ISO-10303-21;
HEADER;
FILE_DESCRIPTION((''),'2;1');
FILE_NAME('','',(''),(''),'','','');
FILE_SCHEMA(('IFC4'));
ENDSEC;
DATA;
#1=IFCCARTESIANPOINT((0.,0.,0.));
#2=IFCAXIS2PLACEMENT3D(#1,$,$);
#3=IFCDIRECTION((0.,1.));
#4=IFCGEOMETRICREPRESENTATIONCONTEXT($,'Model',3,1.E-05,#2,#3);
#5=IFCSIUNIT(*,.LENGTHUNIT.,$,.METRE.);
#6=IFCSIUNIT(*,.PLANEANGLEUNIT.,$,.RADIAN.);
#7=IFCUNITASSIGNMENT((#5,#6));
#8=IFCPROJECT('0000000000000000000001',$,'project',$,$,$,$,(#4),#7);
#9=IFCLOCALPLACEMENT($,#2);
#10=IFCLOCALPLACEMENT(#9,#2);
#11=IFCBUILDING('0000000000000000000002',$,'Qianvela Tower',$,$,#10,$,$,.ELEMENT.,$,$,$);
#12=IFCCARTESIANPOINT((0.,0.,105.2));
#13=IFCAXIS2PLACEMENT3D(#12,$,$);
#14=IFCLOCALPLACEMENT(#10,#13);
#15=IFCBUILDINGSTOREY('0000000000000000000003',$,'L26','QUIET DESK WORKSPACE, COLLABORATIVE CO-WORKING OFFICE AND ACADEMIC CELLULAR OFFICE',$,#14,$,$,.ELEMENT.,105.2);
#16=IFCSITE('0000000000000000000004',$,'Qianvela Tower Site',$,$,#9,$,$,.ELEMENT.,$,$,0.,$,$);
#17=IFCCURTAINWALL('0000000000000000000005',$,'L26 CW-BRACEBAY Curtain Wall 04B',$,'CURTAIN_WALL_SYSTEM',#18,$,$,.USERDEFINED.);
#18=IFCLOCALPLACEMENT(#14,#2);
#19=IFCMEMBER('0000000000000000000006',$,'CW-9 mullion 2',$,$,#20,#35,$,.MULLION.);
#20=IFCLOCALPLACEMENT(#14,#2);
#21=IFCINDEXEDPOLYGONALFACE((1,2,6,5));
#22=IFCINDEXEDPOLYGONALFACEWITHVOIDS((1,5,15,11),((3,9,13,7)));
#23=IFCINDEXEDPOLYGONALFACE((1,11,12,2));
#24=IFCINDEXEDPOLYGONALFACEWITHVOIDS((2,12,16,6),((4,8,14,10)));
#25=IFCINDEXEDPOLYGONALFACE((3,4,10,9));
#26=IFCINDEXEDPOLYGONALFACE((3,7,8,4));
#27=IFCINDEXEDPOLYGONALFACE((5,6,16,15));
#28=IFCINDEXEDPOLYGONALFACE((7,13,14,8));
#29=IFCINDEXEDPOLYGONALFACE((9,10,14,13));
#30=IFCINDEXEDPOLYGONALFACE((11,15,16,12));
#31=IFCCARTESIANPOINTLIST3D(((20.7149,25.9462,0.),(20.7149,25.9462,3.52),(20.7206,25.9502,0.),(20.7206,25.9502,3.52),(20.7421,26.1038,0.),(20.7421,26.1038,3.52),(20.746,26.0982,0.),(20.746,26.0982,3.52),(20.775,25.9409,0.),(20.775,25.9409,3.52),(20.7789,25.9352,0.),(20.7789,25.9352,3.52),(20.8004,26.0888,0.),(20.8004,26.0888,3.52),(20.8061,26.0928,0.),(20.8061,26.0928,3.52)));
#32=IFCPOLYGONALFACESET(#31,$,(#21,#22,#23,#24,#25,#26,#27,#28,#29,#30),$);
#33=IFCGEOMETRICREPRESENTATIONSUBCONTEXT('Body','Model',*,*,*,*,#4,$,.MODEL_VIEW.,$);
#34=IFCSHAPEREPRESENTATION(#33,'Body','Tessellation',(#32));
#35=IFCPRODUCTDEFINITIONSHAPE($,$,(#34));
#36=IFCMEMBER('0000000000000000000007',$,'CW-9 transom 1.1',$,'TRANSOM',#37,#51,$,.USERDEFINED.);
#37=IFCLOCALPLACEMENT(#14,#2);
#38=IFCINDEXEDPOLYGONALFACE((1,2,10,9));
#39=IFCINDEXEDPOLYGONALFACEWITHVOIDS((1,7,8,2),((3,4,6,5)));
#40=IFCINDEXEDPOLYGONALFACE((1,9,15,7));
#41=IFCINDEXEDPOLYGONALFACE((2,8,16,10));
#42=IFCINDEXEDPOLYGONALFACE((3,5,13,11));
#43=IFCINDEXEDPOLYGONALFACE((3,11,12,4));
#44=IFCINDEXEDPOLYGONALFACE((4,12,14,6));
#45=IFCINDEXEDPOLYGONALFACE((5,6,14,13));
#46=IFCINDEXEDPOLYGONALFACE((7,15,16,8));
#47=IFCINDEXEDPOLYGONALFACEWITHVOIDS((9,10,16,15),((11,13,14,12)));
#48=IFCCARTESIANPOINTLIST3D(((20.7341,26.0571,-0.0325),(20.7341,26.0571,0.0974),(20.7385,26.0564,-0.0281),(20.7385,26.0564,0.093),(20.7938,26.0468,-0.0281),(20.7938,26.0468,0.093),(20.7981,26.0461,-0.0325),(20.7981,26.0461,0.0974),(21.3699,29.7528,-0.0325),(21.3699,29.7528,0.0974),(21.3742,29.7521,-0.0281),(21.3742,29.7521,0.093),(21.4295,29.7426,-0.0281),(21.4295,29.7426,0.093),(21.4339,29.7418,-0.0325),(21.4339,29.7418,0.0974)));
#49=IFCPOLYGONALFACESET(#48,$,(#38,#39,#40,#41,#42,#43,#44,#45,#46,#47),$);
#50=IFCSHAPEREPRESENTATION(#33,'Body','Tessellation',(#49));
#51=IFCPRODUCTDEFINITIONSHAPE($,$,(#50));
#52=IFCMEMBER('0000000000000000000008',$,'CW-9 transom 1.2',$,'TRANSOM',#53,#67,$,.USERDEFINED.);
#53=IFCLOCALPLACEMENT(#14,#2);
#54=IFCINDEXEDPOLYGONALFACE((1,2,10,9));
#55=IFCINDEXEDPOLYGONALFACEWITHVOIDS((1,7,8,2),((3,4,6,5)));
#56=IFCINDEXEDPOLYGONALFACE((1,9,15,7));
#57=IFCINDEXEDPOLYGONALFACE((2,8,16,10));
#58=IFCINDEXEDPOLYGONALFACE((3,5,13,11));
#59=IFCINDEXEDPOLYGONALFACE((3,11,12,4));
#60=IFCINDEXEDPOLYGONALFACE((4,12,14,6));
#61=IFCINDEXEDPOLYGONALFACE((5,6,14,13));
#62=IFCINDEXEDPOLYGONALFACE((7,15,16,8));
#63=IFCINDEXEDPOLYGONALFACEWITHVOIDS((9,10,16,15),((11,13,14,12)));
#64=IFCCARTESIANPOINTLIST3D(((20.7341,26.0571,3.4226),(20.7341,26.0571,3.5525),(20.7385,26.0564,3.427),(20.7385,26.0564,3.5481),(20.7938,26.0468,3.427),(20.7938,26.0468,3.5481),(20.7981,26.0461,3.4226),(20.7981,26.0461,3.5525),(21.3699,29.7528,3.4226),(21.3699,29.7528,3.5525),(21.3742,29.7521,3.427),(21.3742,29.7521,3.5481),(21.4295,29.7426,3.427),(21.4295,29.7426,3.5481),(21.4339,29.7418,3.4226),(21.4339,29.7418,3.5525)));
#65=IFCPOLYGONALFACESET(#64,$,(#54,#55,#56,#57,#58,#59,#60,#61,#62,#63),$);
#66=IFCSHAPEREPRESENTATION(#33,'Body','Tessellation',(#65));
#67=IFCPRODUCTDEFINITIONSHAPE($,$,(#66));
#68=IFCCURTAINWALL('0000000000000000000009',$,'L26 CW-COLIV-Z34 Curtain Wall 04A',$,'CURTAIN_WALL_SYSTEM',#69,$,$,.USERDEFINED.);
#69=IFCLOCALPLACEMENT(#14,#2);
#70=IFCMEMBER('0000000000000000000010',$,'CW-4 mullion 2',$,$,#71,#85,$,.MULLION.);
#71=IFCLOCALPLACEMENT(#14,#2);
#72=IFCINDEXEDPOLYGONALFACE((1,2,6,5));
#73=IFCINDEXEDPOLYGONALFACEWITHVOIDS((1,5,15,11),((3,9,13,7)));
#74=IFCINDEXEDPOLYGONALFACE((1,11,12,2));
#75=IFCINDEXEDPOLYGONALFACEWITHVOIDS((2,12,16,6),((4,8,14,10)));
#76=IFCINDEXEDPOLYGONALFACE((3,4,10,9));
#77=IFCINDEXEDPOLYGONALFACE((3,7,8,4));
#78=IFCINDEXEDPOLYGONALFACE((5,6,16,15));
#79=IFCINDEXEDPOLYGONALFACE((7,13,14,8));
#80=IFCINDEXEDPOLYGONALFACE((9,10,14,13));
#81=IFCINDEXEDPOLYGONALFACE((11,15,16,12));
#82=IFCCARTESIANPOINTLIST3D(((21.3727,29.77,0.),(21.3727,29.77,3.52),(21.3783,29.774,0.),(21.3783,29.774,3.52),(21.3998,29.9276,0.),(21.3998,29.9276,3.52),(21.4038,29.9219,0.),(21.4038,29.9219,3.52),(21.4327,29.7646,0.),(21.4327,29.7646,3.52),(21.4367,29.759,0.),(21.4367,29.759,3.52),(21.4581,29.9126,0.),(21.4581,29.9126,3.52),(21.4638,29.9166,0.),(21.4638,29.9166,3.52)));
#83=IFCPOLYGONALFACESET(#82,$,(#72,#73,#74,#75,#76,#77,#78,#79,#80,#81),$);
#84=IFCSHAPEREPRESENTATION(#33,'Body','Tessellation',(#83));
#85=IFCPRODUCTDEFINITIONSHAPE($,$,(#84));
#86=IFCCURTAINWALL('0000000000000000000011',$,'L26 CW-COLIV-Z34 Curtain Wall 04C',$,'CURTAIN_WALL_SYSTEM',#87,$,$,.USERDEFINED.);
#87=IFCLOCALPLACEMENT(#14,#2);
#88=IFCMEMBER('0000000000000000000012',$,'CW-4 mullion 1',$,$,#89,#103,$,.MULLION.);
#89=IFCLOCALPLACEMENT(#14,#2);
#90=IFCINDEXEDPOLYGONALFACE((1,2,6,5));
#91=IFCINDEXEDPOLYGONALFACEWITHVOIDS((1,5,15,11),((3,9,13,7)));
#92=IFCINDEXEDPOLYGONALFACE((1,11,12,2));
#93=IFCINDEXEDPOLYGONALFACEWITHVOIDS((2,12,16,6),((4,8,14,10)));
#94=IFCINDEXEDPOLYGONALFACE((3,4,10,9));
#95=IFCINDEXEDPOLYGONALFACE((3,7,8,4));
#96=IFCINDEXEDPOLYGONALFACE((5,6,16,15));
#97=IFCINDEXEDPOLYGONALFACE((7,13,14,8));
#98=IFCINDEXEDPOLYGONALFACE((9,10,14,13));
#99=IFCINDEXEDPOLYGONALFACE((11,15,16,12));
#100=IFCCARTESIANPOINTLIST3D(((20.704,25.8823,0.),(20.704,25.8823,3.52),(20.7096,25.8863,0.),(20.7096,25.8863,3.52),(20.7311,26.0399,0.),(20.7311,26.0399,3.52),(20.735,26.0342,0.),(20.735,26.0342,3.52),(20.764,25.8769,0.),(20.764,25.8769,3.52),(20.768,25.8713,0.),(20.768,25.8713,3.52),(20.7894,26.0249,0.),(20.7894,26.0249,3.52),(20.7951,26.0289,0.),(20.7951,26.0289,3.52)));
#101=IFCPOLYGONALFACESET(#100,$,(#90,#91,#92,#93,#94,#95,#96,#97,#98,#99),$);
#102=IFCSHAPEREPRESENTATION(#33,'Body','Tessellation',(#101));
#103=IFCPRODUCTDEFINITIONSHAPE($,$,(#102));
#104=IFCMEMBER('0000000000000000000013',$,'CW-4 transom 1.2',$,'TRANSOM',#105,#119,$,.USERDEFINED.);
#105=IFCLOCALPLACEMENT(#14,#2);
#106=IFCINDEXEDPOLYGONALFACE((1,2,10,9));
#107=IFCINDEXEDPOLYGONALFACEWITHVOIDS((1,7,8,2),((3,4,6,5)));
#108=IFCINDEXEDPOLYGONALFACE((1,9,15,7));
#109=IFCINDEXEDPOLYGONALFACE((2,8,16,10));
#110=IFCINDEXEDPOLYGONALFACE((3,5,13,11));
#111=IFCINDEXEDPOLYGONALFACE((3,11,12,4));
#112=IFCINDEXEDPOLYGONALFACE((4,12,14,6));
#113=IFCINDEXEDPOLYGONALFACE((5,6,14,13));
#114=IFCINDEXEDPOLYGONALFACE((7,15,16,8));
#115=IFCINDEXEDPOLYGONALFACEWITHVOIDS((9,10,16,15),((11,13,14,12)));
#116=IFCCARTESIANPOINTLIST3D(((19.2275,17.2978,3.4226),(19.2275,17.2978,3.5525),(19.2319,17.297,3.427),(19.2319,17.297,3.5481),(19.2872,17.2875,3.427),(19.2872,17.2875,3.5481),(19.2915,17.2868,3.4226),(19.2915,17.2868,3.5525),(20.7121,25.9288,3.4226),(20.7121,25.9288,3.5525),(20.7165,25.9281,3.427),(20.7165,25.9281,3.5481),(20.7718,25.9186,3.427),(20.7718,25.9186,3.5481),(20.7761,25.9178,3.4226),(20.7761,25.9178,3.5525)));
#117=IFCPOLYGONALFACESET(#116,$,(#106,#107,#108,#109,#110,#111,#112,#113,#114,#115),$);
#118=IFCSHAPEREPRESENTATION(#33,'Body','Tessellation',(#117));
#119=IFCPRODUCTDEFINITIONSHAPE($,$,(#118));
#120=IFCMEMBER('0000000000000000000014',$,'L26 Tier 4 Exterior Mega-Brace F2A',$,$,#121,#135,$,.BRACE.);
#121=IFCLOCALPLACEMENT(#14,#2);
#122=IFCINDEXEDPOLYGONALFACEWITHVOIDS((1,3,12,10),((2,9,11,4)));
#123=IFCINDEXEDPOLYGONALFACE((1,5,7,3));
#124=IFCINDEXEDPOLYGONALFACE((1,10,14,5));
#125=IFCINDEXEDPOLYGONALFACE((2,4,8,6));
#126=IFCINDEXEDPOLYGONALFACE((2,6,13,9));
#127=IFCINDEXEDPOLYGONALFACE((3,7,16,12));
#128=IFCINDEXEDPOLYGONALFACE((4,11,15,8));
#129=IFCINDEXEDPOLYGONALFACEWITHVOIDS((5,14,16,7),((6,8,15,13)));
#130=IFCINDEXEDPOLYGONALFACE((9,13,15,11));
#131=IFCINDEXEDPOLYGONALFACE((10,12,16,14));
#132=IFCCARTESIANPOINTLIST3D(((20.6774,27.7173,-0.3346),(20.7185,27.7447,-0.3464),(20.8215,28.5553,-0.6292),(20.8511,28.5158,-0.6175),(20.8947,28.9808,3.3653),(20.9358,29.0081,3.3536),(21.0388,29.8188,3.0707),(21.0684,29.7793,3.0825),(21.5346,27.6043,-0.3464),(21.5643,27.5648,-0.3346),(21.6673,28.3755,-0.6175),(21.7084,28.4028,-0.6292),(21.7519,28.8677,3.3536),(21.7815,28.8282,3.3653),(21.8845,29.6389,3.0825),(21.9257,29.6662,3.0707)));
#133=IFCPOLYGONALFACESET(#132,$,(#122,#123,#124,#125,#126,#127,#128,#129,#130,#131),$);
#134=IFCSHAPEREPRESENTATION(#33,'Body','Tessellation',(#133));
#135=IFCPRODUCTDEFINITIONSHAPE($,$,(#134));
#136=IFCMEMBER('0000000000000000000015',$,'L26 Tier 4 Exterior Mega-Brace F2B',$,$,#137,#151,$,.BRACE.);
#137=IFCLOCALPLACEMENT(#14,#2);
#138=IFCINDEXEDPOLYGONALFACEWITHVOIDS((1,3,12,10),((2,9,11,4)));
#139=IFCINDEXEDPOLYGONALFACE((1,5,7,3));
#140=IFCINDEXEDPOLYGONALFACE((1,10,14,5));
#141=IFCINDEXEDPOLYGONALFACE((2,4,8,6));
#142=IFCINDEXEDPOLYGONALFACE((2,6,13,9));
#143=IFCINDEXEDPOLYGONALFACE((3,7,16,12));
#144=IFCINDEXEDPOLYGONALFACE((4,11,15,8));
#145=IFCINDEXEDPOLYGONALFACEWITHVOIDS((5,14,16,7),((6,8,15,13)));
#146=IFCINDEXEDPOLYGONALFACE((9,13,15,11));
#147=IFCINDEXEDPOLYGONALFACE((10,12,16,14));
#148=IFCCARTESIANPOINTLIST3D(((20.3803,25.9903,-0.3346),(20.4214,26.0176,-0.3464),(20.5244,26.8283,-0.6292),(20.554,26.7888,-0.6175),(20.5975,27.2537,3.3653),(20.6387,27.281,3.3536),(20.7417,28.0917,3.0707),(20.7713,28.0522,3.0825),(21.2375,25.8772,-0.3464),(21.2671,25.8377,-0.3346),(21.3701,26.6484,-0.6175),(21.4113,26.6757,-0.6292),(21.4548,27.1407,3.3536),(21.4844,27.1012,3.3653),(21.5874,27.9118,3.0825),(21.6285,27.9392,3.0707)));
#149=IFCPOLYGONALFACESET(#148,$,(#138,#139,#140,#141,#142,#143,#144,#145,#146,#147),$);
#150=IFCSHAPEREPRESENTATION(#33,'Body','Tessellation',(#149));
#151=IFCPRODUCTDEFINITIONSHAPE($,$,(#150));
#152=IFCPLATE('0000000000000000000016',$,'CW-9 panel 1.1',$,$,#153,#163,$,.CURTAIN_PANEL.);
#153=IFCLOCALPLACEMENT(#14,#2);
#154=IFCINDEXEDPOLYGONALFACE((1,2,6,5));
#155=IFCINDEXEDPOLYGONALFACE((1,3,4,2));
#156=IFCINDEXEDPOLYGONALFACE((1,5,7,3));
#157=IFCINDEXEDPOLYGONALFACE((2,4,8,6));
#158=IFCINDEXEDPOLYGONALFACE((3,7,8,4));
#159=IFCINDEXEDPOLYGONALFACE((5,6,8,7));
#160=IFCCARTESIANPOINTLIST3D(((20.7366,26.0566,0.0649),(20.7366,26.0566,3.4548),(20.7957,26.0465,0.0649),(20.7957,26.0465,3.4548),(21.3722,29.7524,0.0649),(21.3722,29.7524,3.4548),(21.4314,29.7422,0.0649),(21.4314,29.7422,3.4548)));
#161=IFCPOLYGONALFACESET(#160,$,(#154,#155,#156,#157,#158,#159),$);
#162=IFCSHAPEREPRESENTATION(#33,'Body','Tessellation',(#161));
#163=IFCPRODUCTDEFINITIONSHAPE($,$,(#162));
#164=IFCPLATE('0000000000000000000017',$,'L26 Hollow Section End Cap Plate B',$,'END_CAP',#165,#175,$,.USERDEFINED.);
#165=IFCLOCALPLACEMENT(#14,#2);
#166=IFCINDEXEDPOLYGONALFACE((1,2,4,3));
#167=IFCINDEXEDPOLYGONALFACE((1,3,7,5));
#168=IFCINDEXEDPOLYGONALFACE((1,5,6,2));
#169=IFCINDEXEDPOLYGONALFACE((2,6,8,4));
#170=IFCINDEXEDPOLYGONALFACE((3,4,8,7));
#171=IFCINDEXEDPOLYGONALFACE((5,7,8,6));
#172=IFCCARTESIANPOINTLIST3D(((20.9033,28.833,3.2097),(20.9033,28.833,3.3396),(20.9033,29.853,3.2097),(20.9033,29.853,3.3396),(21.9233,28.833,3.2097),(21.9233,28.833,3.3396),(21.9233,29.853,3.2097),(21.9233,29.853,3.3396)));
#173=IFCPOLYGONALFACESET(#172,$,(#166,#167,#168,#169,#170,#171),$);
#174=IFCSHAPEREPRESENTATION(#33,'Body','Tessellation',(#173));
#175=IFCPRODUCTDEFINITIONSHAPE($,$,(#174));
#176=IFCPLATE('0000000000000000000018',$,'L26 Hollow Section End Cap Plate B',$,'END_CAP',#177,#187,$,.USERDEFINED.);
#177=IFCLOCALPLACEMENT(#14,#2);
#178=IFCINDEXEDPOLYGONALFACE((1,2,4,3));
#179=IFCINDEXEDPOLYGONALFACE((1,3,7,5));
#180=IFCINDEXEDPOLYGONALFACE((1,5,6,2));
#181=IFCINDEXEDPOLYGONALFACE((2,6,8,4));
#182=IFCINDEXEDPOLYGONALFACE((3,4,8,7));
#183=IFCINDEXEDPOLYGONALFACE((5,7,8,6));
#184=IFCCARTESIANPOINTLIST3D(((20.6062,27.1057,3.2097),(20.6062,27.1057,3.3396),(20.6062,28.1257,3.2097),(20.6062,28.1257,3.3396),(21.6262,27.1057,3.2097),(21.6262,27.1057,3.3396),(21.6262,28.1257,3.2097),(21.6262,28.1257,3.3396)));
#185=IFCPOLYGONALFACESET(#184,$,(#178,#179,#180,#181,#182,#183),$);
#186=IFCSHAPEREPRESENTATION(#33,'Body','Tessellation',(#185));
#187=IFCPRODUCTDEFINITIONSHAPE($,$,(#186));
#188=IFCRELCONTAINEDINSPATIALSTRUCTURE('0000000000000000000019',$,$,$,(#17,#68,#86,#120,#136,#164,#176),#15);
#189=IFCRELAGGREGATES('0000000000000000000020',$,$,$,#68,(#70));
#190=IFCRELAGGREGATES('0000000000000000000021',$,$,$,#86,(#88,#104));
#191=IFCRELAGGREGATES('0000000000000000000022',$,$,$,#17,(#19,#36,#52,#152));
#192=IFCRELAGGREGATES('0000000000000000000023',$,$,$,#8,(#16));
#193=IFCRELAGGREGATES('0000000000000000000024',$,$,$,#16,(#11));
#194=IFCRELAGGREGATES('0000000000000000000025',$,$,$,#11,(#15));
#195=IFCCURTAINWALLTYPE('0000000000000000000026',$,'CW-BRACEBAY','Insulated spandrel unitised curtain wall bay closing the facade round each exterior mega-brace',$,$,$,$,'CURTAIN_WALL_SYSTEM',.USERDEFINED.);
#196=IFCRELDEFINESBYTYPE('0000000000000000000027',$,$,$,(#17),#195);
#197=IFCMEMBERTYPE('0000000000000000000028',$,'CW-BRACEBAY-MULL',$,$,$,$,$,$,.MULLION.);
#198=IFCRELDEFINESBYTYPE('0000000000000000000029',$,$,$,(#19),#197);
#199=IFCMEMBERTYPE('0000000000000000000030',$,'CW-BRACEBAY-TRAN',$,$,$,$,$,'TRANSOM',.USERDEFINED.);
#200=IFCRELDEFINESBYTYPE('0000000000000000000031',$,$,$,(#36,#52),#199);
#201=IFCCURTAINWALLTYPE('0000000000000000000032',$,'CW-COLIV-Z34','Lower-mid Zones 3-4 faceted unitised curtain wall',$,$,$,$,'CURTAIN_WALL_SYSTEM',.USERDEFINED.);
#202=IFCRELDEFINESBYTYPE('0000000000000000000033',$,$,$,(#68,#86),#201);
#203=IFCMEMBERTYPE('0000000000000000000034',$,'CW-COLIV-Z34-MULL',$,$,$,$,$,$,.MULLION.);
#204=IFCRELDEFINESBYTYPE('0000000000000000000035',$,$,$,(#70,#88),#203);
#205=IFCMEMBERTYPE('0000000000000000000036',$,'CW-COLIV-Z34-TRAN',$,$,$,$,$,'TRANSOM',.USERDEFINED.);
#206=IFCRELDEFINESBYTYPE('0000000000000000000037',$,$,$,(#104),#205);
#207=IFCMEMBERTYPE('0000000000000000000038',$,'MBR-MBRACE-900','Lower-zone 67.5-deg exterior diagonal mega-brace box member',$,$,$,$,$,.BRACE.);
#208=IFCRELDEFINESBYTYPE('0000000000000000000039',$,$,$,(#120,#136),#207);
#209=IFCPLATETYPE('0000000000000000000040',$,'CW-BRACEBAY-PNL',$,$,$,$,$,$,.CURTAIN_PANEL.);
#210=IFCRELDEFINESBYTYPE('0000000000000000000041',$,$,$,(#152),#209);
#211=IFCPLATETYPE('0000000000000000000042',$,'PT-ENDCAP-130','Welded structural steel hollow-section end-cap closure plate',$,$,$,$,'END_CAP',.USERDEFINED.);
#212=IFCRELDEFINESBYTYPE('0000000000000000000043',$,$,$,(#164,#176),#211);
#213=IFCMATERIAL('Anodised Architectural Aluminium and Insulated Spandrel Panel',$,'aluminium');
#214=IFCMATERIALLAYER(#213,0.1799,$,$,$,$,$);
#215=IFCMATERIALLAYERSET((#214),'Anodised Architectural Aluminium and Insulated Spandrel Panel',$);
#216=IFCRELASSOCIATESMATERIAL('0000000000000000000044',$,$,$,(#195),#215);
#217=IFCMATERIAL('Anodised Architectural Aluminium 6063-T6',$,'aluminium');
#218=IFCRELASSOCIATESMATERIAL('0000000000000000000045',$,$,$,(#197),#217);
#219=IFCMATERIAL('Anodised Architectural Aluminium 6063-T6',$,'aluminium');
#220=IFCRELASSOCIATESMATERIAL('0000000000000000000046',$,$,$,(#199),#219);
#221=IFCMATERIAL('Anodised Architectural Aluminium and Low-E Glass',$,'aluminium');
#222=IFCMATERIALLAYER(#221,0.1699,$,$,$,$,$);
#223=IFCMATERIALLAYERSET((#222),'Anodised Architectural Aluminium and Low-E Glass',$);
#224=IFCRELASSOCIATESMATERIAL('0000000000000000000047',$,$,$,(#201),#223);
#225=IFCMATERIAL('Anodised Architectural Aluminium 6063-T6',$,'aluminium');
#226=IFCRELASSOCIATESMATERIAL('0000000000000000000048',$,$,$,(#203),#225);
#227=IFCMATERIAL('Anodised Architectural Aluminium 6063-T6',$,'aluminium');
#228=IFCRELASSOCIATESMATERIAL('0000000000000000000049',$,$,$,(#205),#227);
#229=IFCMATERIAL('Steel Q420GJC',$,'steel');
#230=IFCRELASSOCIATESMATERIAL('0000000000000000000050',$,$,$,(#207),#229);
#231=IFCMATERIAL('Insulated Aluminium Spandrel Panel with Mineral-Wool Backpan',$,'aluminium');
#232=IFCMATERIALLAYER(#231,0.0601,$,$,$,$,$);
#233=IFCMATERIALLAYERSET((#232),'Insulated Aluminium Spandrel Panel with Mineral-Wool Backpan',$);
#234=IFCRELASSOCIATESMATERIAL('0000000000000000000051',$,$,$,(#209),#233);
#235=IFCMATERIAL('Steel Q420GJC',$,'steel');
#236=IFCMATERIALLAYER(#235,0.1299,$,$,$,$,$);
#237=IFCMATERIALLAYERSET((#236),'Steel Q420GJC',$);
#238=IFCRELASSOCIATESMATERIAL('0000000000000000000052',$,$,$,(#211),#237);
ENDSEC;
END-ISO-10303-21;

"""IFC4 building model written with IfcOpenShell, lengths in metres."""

from ifc_helpers import new_model, si_unit, direction, frame, origin, origin_2d, place, context, subcontext, project, spatial, rectangle, hollow_rectangle, extrude, material, layer, layer_set, material_profile, profile_set, type_object, element, aggregate, save


model = new_model("IFC4")

# Units and contexts
model_context = context("Model", 3, precision=1e-05, world=origin(), true_north=direction((0.0, 1.0)))
body_context = subcontext(model_context, "Body", "Model", "MODEL_VIEW")
ifc_project = project(units=[si_unit("LENGTHUNIT", "METRE"), si_unit("PLANEANGLEUNIT", "RADIAN")], contexts=[model_context])

# Site, building, storey
site_placement = place(None, origin())
site = spatial("IfcSite", under=ifc_project, at=site_placement, Name="Qianvela Tower Site", CompositionType="ELEMENT", RefElevation=0.0)
building_placement = place(site_placement, origin())
building = spatial("IfcBuilding", under=site, at=building_placement, Name="Qianvela Tower", CompositionType="ELEMENT")
storey_placement = place(building_placement, frame((0.0, 0.0, 105.2)))
storey = spatial("IfcBuildingStorey", under=building, at=storey_placement, Name="L26", Description="QUIET DESK WORKSPACE, COLLABORATIVE CO-WORKING OFFICE AND ACADEMIC CELLULAR OFFICE", CompositionType="ELEMENT", Elevation=105.2)

# Curtain wall, members
ifc_material_1 = material(Name="Anodised Architectural Aluminium and Insulated Spandrel Panel", Category="aluminium")
ifc_layer_1 = layer(ifc_material_1, 0.1799)
ifc_layer_set_1 = layer_set([ifc_layer_1], Name="Anodised Architectural Aluminium and Insulated Spandrel Panel")
curtain_wall_type_1 = type_object("IfcCurtainWallType", Name="CW-BRACEBAY", Description="Insulated spandrel unitised curtain wall bay closing the facade round each exterior mega-brace", ElementType="CURTAIN_WALL_SYSTEM", PredefinedType="USERDEFINED", material=ifc_layer_set_1)
curtain_wall_1_placement = place(storey_placement, origin())
curtain_wall_1 = element("IfcCurtainWall", 1, at=curtain_wall_1_placement, inside=storey, type_object=curtain_wall_type_1, Name="L26 CW-BRACEBAY Curtain Wall 04B", ObjectType="CURTAIN_WALL_SYSTEM", PredefinedType="USERDEFINED")
ifc_material_2 = material(Name="Anodised Architectural Aluminium 6063-T6", Category="aluminium")
ifc_material_profile_1 = material_profile(ifc_material_2, hollow_rectangle(XDim=0.0649, YDim=0.1599, WallThickness=0.0049, at=origin_2d()), Name="ALU-MULL-65x160")
ifc_profile_set_1 = profile_set([ifc_material_profile_1], Name="Anodised Architectural Aluminium 6063-T6")
member_type_1 = type_object("IfcMemberType", Name="CW-BRACEBAY-MULL", PredefinedType="MULLION", material=ifc_profile_set_1)
member_1_placement = place(storey_placement, frame((20.7605, 26.0195, 0.0), z_axis=(0.0, 0.0, 1.0), x_axis=(0.985528, -0.169512, 0.0)))
member_1 = element("IfcMember", 2, at=member_1_placement, type_object=member_type_1, Name="CW-9 mullion 2", PredefinedType="MULLION", context=body_context, shape_type="SweptSolid", body=[
    extrude(hollow_rectangle(XDim=0.0649, YDim=0.1599, WallThickness=0.0049, at=origin_2d()), origin(), (0.0, 0.0, 1.0), 3.52),
])
ifc_material_3 = material(Name="Anodised Architectural Aluminium 6063-T6", Category="aluminium")
ifc_material_profile_2 = material_profile(ifc_material_3, hollow_rectangle(XDim=0.0649, YDim=0.1299, WallThickness=0.0044, at=origin_2d()), Name="ALU-TRAN-65x130")
ifc_profile_set_2 = profile_set([ifc_material_profile_2], Name="Anodised Architectural Aluminium 6063-T6")
member_type_2 = type_object("IfcMemberType", Name="CW-BRACEBAY-TRAN", ElementType="TRANSOM", PredefinedType="USERDEFINED", material=ifc_profile_set_2)
member_2_placement = place(storey_placement, frame((21.4019, 29.7473, 0.0325), z_axis=(-0.169528, -0.985525, 0.0), x_axis=(0.985525, -0.169528, 0.0)))
member_2 = element("IfcMember", 3, at=member_2_placement, type_object=member_type_2, Name="CW-9 transom 1.1", ObjectType="TRANSOM", PredefinedType="USERDEFINED", context=body_context, shape_type="SweptSolid", body=[
    extrude(hollow_rectangle(XDim=0.0649, YDim=0.1299, WallThickness=0.0044, at=origin_2d()), origin(), (0.0, 0.0, 1.0), 3.75),
])
member_3_placement = place(storey_placement, frame((21.4019, 29.7473, 3.4875), z_axis=(-0.169528, -0.985525, 0.0), x_axis=(0.985525, -0.169528, 0.0)))
member_3 = element("IfcMember", 4, at=member_3_placement, type_object=member_type_2, Name="CW-9 transom 1.2", ObjectType="TRANSOM", PredefinedType="USERDEFINED", context=body_context, shape_type="SweptSolid", body=[
    extrude(hollow_rectangle(XDim=0.0649, YDim=0.1299, WallThickness=0.0044, at=origin_2d()), origin(), (0.0, 0.0, 1.0), 3.75),
])

# Curtain wall, member
ifc_material_4 = material(Name="Anodised Architectural Aluminium and Low-E Glass", Category="aluminium")
ifc_layer_2 = layer(ifc_material_4, 0.1699)
ifc_layer_set_2 = layer_set([ifc_layer_2], Name="Anodised Architectural Aluminium and Low-E Glass")
curtain_wall_type_2 = type_object("IfcCurtainWallType", Name="CW-COLIV-Z34", Description="Lower-mid Zones 3-4 faceted unitised curtain wall", ElementType="CURTAIN_WALL_SYSTEM", PredefinedType="USERDEFINED", material=ifc_layer_set_2)
curtain_wall_2_placement = place(storey_placement, origin())
curtain_wall_2 = element("IfcCurtainWall", 5, at=curtain_wall_2_placement, inside=storey, type_object=curtain_wall_type_2, Name="L26 CW-COLIV-Z34 Curtain Wall 04A", ObjectType="CURTAIN_WALL_SYSTEM", PredefinedType="USERDEFINED")
ifc_material_5 = material(Name="Anodised Architectural Aluminium 6063-T6", Category="aluminium")
ifc_material_profile_3 = material_profile(ifc_material_5, hollow_rectangle(XDim=0.0649, YDim=0.1599, WallThickness=0.0049, at=origin_2d()), Name="ALU-MULL-65x160")
ifc_profile_set_3 = profile_set([ifc_material_profile_3], Name="Anodised Architectural Aluminium 6063-T6")
member_type_3 = type_object("IfcMemberType", Name="CW-COLIV-Z34-MULL", PredefinedType="MULLION", material=ifc_profile_set_3)
member_4_placement = place(storey_placement, frame((21.4182, 29.8433, 0.0), z_axis=(0.0, 0.0, 1.0), x_axis=(0.985526, -0.169524, 0.0)))
member_4 = element("IfcMember", 6, at=member_4_placement, type_object=member_type_3, Name="CW-4 mullion 2", PredefinedType="MULLION", context=body_context, shape_type="SweptSolid", body=[
    extrude(hollow_rectangle(XDim=0.0649, YDim=0.1599, WallThickness=0.0049, at=origin_2d()), origin(), (0.0, 0.0, 1.0), 3.52),
])
aggregate(curtain_wall_2, [member_4])

# Curtain wall, members
curtain_wall_3_placement = place(storey_placement, origin())
curtain_wall_3 = element("IfcCurtainWall", 7, at=curtain_wall_3_placement, inside=storey, type_object=curtain_wall_type_2, Name="L26 CW-COLIV-Z34 Curtain Wall 04C", ObjectType="CURTAIN_WALL_SYSTEM", PredefinedType="USERDEFINED")
member_5_placement = place(storey_placement, frame((20.7495, 25.9556, 0.0), z_axis=(0.0, 0.0, 1.0), x_axis=(0.985527, -0.16952, 0.0)))
member_5 = element("IfcMember", 8, at=member_5_placement, type_object=member_type_3, Name="CW-4 mullion 1", PredefinedType="MULLION", context=body_context, shape_type="SweptSolid", body=[
    extrude(hollow_rectangle(XDim=0.0649, YDim=0.1599, WallThickness=0.0049, at=origin_2d()), origin(), (0.0, 0.0, 1.0), 3.52),
])
ifc_material_6 = material(Name="Anodised Architectural Aluminium 6063-T6", Category="aluminium")
ifc_material_profile_4 = material_profile(ifc_material_6, hollow_rectangle(XDim=0.0649, YDim=0.1299, WallThickness=0.0044, at=origin_2d()), Name="ALU-TRAN-65x130")
ifc_profile_set_4 = profile_set([ifc_material_profile_4], Name="Anodised Architectural Aluminium 6063-T6")
member_type_4 = type_object("IfcMemberType", Name="CW-COLIV-Z34-TRAN", ElementType="TRANSOM", PredefinedType="USERDEFINED", material=ifc_profile_set_4)
member_6_placement = place(storey_placement, frame((20.7441, 25.9233, 3.4875), z_axis=(-0.169519, -0.985527, 0.0), x_axis=(0.985527, -0.169519, 0.0)))
member_6 = element("IfcMember", 9, at=member_6_placement, type_object=member_type_4, Name="CW-4 transom 1.2", ObjectType="TRANSOM", PredefinedType="USERDEFINED", context=body_context, shape_type="SweptSolid", body=[
    extrude(hollow_rectangle(XDim=0.0649, YDim=0.1299, WallThickness=0.0044, at=origin_2d()), origin(), (0.0, 0.0, 1.0), 8.7578),
])
aggregate(curtain_wall_3, [member_5, member_6])

# Members
ifc_material_7 = material(Name="Steel Q420GJC", Category="steel")
ifc_material_profile_5 = material_profile(ifc_material_7, hollow_rectangle(XDim=0.8999, YDim=0.8999, WallThickness=0.0359, at=origin_2d()), Name="MBOX-900x900x36")
ifc_profile_set_5 = profile_set([ifc_material_profile_5], Name="Steel Q420GJC")
member_type_5 = type_object("IfcMemberType", Name="MBR-MBRACE-900", Description="Lower-zone 67.5-deg exterior diagonal mega-brace box member", PredefinedType="BRACE", material=ifc_profile_set_5)
for number, where, z_axis, x_axis, name in (
    (10, (21.1929, 28.0601, -0.4819), (0.05549, 0.322653, 0.944889), (-0.985531, 0.169492, 0.0), "L26 Tier 4 Exterior Mega-Brace F2A"),
    (11, (20.8958, 26.333, -0.4819), (0.05549, 0.322653, 0.944889), (-0.985531, 0.169492, 0.0), "L26 Tier 4 Exterior Mega-Brace F2B"),
):
    element("IfcMember", number, at=place(storey_placement, frame(where, z_axis=z_axis, x_axis=x_axis)), inside=storey, type_object=member_type_5, Name=name, PredefinedType="BRACE", context=body_context, shape_type="SweptSolid", body=[
        extrude(hollow_rectangle(XDim=0.8999, YDim=0.8999, WallThickness=0.0359, at=origin_2d()), origin(), (0.0, 0.0, 1.0), 3.9158),
    ])

# Plate
ifc_material_8 = material(Name="Insulated Aluminium Spandrel Panel with Mineral-Wool Backpan", Category="aluminium")
ifc_layer_3 = layer(ifc_material_8, 0.0601)
ifc_layer_set_3 = layer_set([ifc_layer_3], Name="Insulated Aluminium Spandrel Panel with Mineral-Wool Backpan")
plate_type_1 = type_object("IfcPlateType", Name="CW-BRACEBAY-PNL", PredefinedType="CURTAIN_PANEL", material=ifc_layer_set_3)
plate_placement = place(storey_placement, frame((21.084, 27.8994, 0.0649), z_axis=(0.0, 0.0, 1.0), x_axis=(-0.169512, -0.985528, 0.0)))
plate = element("IfcPlate", 12, at=plate_placement, type_object=plate_type_1, Name="CW-9 panel 1.1", PredefinedType="CURTAIN_PANEL", context=body_context, shape_type="SweptSolid", body=[
    extrude(rectangle(XDim=3.75, YDim=0.0601, at=origin_2d()), origin(), (0.0, 0.0, 1.0), 3.3899),
])
aggregate(curtain_wall_1, [member_1, member_2, member_3, plate])

# Plates
ifc_material_9 = material(Name="Steel Q420GJC", Category="steel")
ifc_layer_4 = layer(ifc_material_9, 0.1299)
ifc_layer_set_4 = layer_set([ifc_layer_4], Name="Steel Q420GJC")
plate_type_2 = type_object("IfcPlateType", Name="PT-ENDCAP-130", Description="Welded structural steel hollow-section end-cap closure plate", ElementType="END_CAP", PredefinedType="USERDEFINED", material=ifc_layer_set_4)
for number, where, z_axis, x_axis, name in (
    (13, (21.4133, 29.343, 3.2097), (0.0, 0.0, 1.0), (1.0, 0.0, 0.0), "L26 Hollow Section End Cap Plate B"),
    (14, (21.1162, 27.6157, 3.2097), (0.0, 0.0, 1.0), (1.0, 0.0, 0.0), "L26 Hollow Section End Cap Plate B"),
):
    element("IfcPlate", number, at=place(storey_placement, frame(where, z_axis=z_axis, x_axis=x_axis)), inside=storey, type_object=plate_type_2, Name=name, ObjectType="END_CAP", PredefinedType="USERDEFINED", context=body_context, shape_type="SweptSolid", body=[
        extrude(rectangle(XDim=1.02, YDim=1.02, at=origin_2d()), origin(), (0.0, 0.0, 1.0), 0.1299),
    ])

save(model, "model.ifc")
